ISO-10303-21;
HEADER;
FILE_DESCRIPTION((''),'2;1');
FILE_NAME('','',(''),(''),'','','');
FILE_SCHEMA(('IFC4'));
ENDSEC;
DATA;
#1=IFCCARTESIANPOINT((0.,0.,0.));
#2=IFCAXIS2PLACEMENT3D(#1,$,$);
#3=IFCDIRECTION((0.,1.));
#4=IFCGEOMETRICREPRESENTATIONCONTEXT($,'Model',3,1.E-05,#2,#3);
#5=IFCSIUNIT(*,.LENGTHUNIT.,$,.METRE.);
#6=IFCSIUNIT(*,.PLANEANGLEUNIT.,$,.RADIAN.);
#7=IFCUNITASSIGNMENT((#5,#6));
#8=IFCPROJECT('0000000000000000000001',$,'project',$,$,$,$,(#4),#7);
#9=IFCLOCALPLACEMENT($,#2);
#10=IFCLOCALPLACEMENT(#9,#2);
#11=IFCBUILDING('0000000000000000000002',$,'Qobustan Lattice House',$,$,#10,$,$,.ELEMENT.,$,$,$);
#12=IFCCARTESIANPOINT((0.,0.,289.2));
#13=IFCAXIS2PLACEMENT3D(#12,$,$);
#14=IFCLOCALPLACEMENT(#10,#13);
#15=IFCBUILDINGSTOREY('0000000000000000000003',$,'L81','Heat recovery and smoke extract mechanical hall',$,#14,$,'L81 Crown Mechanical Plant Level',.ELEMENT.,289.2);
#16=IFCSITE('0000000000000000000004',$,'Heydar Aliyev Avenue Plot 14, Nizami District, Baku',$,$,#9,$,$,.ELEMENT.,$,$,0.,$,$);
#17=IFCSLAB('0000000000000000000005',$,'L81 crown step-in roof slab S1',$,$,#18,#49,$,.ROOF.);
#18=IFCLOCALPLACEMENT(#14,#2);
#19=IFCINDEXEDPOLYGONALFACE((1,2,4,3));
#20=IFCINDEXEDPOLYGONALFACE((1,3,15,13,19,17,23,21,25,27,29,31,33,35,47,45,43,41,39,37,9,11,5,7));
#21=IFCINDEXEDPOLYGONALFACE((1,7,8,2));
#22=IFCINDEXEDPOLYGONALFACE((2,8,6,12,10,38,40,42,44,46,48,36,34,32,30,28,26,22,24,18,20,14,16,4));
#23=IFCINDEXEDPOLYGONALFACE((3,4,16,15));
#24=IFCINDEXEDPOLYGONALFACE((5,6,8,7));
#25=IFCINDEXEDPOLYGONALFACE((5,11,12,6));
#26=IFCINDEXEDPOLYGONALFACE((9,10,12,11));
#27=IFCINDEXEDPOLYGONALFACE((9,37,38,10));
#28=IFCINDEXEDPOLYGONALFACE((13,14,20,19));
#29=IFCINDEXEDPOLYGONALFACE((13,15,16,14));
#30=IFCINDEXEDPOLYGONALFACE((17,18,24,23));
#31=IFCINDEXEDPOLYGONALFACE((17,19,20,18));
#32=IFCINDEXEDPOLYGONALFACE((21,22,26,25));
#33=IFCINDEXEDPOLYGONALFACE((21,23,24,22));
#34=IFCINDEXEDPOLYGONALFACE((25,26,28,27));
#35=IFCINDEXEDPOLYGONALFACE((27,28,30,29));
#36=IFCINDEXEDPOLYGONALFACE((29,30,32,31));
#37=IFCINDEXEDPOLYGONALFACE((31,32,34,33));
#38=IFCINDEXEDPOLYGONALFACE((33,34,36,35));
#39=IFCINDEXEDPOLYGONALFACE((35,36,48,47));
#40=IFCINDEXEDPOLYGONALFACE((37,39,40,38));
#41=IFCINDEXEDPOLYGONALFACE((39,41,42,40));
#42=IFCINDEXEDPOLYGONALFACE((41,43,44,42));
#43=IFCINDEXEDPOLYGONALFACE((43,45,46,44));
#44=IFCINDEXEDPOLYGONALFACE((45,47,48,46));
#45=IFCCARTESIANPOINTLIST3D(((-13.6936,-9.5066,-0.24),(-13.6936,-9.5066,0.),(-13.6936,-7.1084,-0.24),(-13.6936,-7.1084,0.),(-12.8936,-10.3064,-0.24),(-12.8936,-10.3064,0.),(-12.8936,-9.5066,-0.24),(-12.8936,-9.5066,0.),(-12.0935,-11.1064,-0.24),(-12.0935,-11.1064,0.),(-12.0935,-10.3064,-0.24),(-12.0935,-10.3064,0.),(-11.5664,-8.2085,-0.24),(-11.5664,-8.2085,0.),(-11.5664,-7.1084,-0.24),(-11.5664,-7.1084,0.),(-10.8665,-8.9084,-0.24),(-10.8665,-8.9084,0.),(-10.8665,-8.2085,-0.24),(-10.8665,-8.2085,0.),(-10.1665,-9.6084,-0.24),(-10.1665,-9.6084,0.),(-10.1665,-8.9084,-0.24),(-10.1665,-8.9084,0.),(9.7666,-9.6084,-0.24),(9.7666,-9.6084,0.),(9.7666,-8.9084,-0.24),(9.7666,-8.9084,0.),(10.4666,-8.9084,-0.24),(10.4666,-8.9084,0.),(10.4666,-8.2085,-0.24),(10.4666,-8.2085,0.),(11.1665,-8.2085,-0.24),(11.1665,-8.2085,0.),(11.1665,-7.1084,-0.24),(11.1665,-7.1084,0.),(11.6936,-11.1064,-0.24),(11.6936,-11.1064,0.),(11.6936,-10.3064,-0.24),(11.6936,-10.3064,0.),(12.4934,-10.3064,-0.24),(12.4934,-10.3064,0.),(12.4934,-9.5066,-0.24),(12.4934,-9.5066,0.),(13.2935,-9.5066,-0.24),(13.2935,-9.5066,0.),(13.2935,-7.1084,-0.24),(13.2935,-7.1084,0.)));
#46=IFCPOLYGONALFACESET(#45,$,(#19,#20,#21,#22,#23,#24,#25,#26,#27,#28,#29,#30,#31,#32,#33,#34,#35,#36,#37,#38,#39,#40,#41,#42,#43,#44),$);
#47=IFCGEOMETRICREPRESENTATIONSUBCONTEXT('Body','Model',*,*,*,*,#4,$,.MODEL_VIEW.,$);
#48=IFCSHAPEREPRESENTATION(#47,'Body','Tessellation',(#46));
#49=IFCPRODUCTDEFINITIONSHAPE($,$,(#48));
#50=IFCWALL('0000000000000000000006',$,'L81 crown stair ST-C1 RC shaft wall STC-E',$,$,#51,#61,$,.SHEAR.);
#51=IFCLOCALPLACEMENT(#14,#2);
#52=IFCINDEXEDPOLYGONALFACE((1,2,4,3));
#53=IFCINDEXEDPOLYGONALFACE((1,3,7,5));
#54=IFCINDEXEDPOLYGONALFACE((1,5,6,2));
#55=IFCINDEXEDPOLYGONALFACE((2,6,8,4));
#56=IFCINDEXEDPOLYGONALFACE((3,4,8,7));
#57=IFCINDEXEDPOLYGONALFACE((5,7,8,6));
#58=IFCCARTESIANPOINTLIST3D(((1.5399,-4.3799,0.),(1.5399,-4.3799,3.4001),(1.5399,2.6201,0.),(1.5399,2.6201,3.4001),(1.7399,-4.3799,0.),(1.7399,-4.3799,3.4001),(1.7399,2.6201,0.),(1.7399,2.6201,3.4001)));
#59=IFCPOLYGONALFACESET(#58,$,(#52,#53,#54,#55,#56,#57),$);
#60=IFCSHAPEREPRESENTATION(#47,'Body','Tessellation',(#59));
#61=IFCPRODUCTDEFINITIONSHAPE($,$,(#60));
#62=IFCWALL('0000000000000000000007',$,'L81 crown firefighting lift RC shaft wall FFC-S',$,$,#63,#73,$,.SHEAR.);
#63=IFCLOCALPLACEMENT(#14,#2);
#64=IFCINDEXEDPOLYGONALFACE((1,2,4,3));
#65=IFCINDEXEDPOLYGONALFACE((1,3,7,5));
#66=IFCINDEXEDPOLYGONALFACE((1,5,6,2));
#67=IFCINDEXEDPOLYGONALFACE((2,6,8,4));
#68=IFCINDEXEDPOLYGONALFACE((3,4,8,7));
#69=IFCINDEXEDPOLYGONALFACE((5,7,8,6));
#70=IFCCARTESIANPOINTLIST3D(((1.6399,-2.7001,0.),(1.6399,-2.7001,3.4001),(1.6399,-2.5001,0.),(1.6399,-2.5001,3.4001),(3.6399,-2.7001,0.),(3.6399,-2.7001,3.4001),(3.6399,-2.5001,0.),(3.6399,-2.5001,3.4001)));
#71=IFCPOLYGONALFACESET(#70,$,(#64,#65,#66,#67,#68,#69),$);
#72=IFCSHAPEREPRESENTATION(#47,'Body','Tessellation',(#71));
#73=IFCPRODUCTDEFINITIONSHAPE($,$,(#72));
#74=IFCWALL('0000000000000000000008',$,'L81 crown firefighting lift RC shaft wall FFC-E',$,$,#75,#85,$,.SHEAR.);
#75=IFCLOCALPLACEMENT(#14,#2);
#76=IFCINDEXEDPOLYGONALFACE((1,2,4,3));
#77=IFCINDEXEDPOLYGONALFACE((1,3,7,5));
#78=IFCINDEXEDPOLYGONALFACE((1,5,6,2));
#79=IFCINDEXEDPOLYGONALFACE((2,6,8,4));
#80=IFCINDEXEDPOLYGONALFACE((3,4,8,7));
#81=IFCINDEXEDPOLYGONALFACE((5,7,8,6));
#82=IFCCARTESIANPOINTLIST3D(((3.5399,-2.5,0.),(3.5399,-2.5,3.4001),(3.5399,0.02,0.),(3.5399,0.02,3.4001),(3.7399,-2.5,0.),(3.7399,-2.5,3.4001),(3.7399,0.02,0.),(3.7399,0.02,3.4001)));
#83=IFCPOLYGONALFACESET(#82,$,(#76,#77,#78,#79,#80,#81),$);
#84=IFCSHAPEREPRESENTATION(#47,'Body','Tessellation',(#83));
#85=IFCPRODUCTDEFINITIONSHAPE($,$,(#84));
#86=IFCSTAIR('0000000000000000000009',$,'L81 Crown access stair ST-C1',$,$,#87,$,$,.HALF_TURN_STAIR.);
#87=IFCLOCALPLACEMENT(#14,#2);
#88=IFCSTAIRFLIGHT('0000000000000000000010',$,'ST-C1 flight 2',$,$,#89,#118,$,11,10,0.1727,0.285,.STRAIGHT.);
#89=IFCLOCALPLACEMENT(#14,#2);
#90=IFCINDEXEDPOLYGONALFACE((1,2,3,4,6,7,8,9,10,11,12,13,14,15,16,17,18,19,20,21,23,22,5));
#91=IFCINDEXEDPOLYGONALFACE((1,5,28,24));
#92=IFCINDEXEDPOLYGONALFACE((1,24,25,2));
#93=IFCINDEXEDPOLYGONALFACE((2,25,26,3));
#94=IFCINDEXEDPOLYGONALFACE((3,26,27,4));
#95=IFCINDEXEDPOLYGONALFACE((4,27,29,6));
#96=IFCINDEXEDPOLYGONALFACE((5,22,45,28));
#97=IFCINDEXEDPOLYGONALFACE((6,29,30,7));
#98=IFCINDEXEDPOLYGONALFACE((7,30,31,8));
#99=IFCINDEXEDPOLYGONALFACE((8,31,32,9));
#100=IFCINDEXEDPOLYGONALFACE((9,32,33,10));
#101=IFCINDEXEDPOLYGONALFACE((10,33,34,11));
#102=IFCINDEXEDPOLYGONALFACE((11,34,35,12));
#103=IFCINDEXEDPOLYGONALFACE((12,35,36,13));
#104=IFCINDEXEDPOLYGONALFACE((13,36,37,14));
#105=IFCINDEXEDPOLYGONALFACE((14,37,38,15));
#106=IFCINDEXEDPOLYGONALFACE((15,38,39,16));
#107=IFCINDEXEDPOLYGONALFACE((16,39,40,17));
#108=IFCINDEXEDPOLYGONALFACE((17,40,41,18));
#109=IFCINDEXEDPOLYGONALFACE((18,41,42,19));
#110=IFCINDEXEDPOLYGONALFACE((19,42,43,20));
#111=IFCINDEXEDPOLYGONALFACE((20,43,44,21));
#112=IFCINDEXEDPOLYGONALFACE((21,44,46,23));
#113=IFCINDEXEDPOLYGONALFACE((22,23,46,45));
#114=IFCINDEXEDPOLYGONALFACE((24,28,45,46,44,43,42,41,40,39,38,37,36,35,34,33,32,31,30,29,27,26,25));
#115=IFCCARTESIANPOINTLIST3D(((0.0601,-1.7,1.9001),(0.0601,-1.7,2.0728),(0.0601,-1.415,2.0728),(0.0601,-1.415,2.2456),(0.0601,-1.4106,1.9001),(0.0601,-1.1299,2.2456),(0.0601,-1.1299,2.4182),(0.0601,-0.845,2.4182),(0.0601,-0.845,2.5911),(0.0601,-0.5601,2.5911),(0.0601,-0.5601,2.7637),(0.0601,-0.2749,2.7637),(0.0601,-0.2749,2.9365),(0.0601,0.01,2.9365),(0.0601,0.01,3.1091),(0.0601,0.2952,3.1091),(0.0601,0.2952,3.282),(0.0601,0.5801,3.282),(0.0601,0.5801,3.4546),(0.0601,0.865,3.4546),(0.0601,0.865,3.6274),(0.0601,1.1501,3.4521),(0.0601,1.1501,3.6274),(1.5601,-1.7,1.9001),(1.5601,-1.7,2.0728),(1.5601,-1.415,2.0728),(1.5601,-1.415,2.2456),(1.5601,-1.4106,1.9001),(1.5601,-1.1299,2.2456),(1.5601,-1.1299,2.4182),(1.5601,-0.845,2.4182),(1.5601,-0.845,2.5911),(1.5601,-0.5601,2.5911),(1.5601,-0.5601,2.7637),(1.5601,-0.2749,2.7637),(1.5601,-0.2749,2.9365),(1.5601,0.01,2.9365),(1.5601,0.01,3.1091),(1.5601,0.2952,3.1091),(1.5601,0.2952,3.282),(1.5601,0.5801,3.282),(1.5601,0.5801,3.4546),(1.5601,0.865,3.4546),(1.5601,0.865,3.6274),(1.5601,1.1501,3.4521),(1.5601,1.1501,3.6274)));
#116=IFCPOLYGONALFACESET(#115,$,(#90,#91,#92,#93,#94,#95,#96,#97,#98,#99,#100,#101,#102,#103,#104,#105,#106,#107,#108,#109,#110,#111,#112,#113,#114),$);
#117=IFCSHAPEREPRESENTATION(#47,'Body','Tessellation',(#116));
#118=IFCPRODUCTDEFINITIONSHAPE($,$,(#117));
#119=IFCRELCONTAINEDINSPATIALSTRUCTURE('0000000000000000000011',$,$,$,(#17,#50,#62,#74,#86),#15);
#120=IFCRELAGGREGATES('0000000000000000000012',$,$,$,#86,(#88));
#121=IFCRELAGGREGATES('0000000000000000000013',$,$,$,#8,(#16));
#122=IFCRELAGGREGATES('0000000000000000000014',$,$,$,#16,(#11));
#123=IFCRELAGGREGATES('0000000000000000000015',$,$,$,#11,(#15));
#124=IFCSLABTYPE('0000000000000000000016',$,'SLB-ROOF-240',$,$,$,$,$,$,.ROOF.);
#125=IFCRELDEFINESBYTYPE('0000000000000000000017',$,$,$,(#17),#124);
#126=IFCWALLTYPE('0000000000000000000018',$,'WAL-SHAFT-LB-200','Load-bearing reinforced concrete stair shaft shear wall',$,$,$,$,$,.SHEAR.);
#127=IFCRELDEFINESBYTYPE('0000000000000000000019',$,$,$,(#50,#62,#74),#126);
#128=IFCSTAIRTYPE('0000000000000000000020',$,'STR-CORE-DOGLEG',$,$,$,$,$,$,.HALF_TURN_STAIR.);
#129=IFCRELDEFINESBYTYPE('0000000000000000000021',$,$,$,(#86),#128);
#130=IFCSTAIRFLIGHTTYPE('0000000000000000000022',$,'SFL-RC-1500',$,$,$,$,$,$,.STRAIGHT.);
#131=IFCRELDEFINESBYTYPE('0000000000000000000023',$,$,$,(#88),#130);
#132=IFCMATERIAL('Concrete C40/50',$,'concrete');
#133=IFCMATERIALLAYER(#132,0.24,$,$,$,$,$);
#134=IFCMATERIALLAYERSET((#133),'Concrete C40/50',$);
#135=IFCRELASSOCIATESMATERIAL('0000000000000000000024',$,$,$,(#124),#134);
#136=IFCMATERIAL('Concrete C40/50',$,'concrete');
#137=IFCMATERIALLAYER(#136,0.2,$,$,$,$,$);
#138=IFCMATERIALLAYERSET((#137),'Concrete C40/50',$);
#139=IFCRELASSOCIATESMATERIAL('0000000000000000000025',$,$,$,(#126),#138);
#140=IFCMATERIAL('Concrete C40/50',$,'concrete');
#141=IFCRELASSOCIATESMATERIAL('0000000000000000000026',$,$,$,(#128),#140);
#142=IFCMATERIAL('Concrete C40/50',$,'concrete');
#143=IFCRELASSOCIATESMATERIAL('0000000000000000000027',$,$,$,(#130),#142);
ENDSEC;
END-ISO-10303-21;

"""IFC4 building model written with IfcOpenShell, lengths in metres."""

from ifc_helpers import new_model, si_unit, direction, frame, frame_2d, origin, place, context, subcontext, project, spatial, polyline, rectangle, outline, extrude, material, layer, layer_set, type_object, element, aggregate, save


model = new_model("IFC4")

# Units and contexts
model_context = context("Model", 3, precision=1e-05, world=origin(), true_north=direction((0.0, 1.0)))
body_context = subcontext(model_context, "Body", "Model", "MODEL_VIEW")
ifc_project = project(units=[si_unit("LENGTHUNIT", "METRE"), si_unit("PLANEANGLEUNIT", "RADIAN")], contexts=[model_context])

# Site, building, storey
site_placement = place(None, origin())
site = spatial("IfcSite", under=ifc_project, at=site_placement, Name="Heydar Aliyev Avenue Plot 14, Nizami District, Baku", CompositionType="ELEMENT", RefElevation=0.0)
building_placement = place(site_placement, origin())
building = spatial("IfcBuilding", under=site, at=building_placement, Name="Qobustan Lattice House", CompositionType="ELEMENT")
storey_placement = place(building_placement, frame((0.0, 0.0, 289.2)))
storey = spatial("IfcBuildingStorey", under=building, at=storey_placement, Name="L81", Description="Heat recovery and smoke extract mechanical hall", LongName="L81 Crown Mechanical Plant Level", CompositionType="ELEMENT", Elevation=289.2)

# Slab
ifc_material_1 = material(Name="Concrete C40/50", Category="concrete")
ifc_layer_1 = layer(ifc_material_1, 0.24)
ifc_layer_set_1 = layer_set([ifc_layer_1], Name="Concrete C40/50")
slab_type_1 = type_object("IfcSlabType", Name="SLB-ROOF-240", PredefinedType="ROOF", material=ifc_layer_set_1)
slab_1_placement = place(storey_placement, frame((0.0, 0.0, -0.24)))
element("IfcSlab", 1, at=slab_1_placement, inside=storey, type_object=slab_type_1, Name="L81 crown step-in roof slab S1", PredefinedType="ROOF", context=body_context, shape_type="SweptSolid", body=[
    extrude(outline(polyline([(-12.0935, -10.3064), (-12.0935, -11.1064), (11.6936, -11.1064), (11.6936, -10.3064), (12.4934, -10.3064), (12.4934, -9.5066), (13.2935, -9.5066), (13.2935, -7.1084), (11.1665, -7.1084), (11.1665, -8.2085), (10.4666, -8.2085), (10.4666, -8.9084), (9.7666, -8.9084), (9.7666, -9.6084), (-10.1665, -9.6084), (-10.1665, -8.9084), (-10.8665, -8.9084), (-10.8665, -8.2085), (-11.5664, -8.2085), (-11.5664, -7.1084), (-13.6936, -7.1084), (-13.6936, -9.5066), (-12.8936, -9.5066), (-12.8936, -10.3064), (-12.0935, -10.3064)])), origin(), (0.0, 0.0, 1.0), 0.24),
])

# Walls
ifc_material_2 = material(Name="Concrete C40/50", Category="concrete")
ifc_layer_2 = layer(ifc_material_2, 0.2)
ifc_layer_set_2 = layer_set([ifc_layer_2], Name="Concrete C40/50")
wall_type = type_object("IfcWallType", Name="WAL-SHAFT-LB-200", Description="Load-bearing reinforced concrete stair shaft shear wall", PredefinedType="SHEAR", material=ifc_layer_set_2)
wall_1_placement = place(storey_placement, frame((1.6399, -4.3799, 0.0), z_axis=(0.0, 0.0, 1.0), x_axis=(0.0, 1.0, 0.0)))
element("IfcWall", 2, at=wall_1_placement, inside=storey, type_object=wall_type, Name="L81 crown stair ST-C1 RC shaft wall STC-E", PredefinedType="SHEAR", context=body_context, shape_type="SweptSolid", body=[
    extrude(rectangle(XDim=7.0, YDim=0.2, at=frame_2d((3.5, 0.0))), origin(), (0.0, 0.0, 1.0), 3.4001),
])
wall_2_placement = place(storey_placement, frame((1.6399, -2.6001, 0.0), z_axis=(0.0, 0.0, 1.0), x_axis=(1.0, 0.0, 0.0)))
element("IfcWall", 3, at=wall_2_placement, inside=storey, type_object=wall_type, Name="L81 crown firefighting lift RC shaft wall FFC-S", PredefinedType="SHEAR", context=body_context, shape_type="SweptSolid", body=[
    extrude(rectangle(XDim=2.0, YDim=0.2, at=frame_2d((1.0, 0.0))), origin(), (0.0, 0.0, 1.0), 3.4001),
])
wall_3_placement = place(storey_placement, frame((3.6399, -2.5, 0.0), z_axis=(0.0, 0.0, 1.0), x_axis=(0.0, 1.0, 0.0)))
element("IfcWall", 4, at=wall_3_placement, inside=storey, type_object=wall_type, Name="L81 crown firefighting lift RC shaft wall FFC-E", PredefinedType="SHEAR", context=body_context, shape_type="SweptSolid", body=[
    extrude(rectangle(XDim=2.52, YDim=0.2, at=frame_2d((1.26, 0.0))), origin(), (0.0, 0.0, 1.0), 3.4001),
])

# Stair, stair flight
ifc_material_3 = material(Name="Concrete C40/50", Category="concrete")
stair_type = type_object("IfcStairType", Name="STR-CORE-DOGLEG", PredefinedType="HALF_TURN_STAIR", material=ifc_material_3)
stair_placement = place(storey_placement, origin())
stair = element("IfcStair", 5, at=stair_placement, inside=storey, type_object=stair_type, Name="L81 Crown access stair ST-C1", PredefinedType="HALF_TURN_STAIR")
ifc_material_4 = material(Name="Concrete C40/50", Category="concrete")
stair_flight_type = type_object("IfcStairFlightType", Name="SFL-RC-1500", PredefinedType="STRAIGHT", material=ifc_material_4)
stair_flight_placement = place(storey_placement, frame((0.8101, -1.7, 1.9001), z_axis=(0.0, 0.0, 1.0), x_axis=(0.0, 1.0, 0.0)))
stair_flight = element("IfcStairFlight", 6, at=stair_flight_placement, type_object=stair_flight_type, Name="ST-C1 flight 2", NumberOfRisers=11, NumberOfTreads=10, PredefinedType="STRAIGHT", RiserHeight=0.1727, TreadLength=0.285, context=body_context, shape_type="SweptSolid", body=[
    extrude(outline(polyline([(0.0, 0.0), (0.0, 0.1726), (0.2849, 0.1726), (0.2849, 0.3455), (0.5701, 0.3455), (0.5701, 0.5181), (0.855, 0.5181), (0.855, 0.6909), (1.1399, 0.6909), (1.1399, 0.8635), (1.425, 0.8635), (1.425, 1.0364), (1.71, 1.0364), (1.71, 1.209), (1.9951, 1.209), (1.9951, 1.3818), (2.28, 1.3818), (2.28, 1.5544), (2.5649, 1.5544), (2.5649, 1.7273), (2.8501, 1.7273), (2.8501, 1.8999), (2.8501, 1.552), (0.2893, 0.0), (0.0, 0.0)])), frame((0.0, 0.75, 0.0), z_axis=(0.0, -1.0, 0.0), x_axis=(1.0, 0.0, 0.0)), (0.0, 0.0, 1.0), 1.5),
])
aggregate(stair, [stair_flight])

save(model, "model.ifc")
